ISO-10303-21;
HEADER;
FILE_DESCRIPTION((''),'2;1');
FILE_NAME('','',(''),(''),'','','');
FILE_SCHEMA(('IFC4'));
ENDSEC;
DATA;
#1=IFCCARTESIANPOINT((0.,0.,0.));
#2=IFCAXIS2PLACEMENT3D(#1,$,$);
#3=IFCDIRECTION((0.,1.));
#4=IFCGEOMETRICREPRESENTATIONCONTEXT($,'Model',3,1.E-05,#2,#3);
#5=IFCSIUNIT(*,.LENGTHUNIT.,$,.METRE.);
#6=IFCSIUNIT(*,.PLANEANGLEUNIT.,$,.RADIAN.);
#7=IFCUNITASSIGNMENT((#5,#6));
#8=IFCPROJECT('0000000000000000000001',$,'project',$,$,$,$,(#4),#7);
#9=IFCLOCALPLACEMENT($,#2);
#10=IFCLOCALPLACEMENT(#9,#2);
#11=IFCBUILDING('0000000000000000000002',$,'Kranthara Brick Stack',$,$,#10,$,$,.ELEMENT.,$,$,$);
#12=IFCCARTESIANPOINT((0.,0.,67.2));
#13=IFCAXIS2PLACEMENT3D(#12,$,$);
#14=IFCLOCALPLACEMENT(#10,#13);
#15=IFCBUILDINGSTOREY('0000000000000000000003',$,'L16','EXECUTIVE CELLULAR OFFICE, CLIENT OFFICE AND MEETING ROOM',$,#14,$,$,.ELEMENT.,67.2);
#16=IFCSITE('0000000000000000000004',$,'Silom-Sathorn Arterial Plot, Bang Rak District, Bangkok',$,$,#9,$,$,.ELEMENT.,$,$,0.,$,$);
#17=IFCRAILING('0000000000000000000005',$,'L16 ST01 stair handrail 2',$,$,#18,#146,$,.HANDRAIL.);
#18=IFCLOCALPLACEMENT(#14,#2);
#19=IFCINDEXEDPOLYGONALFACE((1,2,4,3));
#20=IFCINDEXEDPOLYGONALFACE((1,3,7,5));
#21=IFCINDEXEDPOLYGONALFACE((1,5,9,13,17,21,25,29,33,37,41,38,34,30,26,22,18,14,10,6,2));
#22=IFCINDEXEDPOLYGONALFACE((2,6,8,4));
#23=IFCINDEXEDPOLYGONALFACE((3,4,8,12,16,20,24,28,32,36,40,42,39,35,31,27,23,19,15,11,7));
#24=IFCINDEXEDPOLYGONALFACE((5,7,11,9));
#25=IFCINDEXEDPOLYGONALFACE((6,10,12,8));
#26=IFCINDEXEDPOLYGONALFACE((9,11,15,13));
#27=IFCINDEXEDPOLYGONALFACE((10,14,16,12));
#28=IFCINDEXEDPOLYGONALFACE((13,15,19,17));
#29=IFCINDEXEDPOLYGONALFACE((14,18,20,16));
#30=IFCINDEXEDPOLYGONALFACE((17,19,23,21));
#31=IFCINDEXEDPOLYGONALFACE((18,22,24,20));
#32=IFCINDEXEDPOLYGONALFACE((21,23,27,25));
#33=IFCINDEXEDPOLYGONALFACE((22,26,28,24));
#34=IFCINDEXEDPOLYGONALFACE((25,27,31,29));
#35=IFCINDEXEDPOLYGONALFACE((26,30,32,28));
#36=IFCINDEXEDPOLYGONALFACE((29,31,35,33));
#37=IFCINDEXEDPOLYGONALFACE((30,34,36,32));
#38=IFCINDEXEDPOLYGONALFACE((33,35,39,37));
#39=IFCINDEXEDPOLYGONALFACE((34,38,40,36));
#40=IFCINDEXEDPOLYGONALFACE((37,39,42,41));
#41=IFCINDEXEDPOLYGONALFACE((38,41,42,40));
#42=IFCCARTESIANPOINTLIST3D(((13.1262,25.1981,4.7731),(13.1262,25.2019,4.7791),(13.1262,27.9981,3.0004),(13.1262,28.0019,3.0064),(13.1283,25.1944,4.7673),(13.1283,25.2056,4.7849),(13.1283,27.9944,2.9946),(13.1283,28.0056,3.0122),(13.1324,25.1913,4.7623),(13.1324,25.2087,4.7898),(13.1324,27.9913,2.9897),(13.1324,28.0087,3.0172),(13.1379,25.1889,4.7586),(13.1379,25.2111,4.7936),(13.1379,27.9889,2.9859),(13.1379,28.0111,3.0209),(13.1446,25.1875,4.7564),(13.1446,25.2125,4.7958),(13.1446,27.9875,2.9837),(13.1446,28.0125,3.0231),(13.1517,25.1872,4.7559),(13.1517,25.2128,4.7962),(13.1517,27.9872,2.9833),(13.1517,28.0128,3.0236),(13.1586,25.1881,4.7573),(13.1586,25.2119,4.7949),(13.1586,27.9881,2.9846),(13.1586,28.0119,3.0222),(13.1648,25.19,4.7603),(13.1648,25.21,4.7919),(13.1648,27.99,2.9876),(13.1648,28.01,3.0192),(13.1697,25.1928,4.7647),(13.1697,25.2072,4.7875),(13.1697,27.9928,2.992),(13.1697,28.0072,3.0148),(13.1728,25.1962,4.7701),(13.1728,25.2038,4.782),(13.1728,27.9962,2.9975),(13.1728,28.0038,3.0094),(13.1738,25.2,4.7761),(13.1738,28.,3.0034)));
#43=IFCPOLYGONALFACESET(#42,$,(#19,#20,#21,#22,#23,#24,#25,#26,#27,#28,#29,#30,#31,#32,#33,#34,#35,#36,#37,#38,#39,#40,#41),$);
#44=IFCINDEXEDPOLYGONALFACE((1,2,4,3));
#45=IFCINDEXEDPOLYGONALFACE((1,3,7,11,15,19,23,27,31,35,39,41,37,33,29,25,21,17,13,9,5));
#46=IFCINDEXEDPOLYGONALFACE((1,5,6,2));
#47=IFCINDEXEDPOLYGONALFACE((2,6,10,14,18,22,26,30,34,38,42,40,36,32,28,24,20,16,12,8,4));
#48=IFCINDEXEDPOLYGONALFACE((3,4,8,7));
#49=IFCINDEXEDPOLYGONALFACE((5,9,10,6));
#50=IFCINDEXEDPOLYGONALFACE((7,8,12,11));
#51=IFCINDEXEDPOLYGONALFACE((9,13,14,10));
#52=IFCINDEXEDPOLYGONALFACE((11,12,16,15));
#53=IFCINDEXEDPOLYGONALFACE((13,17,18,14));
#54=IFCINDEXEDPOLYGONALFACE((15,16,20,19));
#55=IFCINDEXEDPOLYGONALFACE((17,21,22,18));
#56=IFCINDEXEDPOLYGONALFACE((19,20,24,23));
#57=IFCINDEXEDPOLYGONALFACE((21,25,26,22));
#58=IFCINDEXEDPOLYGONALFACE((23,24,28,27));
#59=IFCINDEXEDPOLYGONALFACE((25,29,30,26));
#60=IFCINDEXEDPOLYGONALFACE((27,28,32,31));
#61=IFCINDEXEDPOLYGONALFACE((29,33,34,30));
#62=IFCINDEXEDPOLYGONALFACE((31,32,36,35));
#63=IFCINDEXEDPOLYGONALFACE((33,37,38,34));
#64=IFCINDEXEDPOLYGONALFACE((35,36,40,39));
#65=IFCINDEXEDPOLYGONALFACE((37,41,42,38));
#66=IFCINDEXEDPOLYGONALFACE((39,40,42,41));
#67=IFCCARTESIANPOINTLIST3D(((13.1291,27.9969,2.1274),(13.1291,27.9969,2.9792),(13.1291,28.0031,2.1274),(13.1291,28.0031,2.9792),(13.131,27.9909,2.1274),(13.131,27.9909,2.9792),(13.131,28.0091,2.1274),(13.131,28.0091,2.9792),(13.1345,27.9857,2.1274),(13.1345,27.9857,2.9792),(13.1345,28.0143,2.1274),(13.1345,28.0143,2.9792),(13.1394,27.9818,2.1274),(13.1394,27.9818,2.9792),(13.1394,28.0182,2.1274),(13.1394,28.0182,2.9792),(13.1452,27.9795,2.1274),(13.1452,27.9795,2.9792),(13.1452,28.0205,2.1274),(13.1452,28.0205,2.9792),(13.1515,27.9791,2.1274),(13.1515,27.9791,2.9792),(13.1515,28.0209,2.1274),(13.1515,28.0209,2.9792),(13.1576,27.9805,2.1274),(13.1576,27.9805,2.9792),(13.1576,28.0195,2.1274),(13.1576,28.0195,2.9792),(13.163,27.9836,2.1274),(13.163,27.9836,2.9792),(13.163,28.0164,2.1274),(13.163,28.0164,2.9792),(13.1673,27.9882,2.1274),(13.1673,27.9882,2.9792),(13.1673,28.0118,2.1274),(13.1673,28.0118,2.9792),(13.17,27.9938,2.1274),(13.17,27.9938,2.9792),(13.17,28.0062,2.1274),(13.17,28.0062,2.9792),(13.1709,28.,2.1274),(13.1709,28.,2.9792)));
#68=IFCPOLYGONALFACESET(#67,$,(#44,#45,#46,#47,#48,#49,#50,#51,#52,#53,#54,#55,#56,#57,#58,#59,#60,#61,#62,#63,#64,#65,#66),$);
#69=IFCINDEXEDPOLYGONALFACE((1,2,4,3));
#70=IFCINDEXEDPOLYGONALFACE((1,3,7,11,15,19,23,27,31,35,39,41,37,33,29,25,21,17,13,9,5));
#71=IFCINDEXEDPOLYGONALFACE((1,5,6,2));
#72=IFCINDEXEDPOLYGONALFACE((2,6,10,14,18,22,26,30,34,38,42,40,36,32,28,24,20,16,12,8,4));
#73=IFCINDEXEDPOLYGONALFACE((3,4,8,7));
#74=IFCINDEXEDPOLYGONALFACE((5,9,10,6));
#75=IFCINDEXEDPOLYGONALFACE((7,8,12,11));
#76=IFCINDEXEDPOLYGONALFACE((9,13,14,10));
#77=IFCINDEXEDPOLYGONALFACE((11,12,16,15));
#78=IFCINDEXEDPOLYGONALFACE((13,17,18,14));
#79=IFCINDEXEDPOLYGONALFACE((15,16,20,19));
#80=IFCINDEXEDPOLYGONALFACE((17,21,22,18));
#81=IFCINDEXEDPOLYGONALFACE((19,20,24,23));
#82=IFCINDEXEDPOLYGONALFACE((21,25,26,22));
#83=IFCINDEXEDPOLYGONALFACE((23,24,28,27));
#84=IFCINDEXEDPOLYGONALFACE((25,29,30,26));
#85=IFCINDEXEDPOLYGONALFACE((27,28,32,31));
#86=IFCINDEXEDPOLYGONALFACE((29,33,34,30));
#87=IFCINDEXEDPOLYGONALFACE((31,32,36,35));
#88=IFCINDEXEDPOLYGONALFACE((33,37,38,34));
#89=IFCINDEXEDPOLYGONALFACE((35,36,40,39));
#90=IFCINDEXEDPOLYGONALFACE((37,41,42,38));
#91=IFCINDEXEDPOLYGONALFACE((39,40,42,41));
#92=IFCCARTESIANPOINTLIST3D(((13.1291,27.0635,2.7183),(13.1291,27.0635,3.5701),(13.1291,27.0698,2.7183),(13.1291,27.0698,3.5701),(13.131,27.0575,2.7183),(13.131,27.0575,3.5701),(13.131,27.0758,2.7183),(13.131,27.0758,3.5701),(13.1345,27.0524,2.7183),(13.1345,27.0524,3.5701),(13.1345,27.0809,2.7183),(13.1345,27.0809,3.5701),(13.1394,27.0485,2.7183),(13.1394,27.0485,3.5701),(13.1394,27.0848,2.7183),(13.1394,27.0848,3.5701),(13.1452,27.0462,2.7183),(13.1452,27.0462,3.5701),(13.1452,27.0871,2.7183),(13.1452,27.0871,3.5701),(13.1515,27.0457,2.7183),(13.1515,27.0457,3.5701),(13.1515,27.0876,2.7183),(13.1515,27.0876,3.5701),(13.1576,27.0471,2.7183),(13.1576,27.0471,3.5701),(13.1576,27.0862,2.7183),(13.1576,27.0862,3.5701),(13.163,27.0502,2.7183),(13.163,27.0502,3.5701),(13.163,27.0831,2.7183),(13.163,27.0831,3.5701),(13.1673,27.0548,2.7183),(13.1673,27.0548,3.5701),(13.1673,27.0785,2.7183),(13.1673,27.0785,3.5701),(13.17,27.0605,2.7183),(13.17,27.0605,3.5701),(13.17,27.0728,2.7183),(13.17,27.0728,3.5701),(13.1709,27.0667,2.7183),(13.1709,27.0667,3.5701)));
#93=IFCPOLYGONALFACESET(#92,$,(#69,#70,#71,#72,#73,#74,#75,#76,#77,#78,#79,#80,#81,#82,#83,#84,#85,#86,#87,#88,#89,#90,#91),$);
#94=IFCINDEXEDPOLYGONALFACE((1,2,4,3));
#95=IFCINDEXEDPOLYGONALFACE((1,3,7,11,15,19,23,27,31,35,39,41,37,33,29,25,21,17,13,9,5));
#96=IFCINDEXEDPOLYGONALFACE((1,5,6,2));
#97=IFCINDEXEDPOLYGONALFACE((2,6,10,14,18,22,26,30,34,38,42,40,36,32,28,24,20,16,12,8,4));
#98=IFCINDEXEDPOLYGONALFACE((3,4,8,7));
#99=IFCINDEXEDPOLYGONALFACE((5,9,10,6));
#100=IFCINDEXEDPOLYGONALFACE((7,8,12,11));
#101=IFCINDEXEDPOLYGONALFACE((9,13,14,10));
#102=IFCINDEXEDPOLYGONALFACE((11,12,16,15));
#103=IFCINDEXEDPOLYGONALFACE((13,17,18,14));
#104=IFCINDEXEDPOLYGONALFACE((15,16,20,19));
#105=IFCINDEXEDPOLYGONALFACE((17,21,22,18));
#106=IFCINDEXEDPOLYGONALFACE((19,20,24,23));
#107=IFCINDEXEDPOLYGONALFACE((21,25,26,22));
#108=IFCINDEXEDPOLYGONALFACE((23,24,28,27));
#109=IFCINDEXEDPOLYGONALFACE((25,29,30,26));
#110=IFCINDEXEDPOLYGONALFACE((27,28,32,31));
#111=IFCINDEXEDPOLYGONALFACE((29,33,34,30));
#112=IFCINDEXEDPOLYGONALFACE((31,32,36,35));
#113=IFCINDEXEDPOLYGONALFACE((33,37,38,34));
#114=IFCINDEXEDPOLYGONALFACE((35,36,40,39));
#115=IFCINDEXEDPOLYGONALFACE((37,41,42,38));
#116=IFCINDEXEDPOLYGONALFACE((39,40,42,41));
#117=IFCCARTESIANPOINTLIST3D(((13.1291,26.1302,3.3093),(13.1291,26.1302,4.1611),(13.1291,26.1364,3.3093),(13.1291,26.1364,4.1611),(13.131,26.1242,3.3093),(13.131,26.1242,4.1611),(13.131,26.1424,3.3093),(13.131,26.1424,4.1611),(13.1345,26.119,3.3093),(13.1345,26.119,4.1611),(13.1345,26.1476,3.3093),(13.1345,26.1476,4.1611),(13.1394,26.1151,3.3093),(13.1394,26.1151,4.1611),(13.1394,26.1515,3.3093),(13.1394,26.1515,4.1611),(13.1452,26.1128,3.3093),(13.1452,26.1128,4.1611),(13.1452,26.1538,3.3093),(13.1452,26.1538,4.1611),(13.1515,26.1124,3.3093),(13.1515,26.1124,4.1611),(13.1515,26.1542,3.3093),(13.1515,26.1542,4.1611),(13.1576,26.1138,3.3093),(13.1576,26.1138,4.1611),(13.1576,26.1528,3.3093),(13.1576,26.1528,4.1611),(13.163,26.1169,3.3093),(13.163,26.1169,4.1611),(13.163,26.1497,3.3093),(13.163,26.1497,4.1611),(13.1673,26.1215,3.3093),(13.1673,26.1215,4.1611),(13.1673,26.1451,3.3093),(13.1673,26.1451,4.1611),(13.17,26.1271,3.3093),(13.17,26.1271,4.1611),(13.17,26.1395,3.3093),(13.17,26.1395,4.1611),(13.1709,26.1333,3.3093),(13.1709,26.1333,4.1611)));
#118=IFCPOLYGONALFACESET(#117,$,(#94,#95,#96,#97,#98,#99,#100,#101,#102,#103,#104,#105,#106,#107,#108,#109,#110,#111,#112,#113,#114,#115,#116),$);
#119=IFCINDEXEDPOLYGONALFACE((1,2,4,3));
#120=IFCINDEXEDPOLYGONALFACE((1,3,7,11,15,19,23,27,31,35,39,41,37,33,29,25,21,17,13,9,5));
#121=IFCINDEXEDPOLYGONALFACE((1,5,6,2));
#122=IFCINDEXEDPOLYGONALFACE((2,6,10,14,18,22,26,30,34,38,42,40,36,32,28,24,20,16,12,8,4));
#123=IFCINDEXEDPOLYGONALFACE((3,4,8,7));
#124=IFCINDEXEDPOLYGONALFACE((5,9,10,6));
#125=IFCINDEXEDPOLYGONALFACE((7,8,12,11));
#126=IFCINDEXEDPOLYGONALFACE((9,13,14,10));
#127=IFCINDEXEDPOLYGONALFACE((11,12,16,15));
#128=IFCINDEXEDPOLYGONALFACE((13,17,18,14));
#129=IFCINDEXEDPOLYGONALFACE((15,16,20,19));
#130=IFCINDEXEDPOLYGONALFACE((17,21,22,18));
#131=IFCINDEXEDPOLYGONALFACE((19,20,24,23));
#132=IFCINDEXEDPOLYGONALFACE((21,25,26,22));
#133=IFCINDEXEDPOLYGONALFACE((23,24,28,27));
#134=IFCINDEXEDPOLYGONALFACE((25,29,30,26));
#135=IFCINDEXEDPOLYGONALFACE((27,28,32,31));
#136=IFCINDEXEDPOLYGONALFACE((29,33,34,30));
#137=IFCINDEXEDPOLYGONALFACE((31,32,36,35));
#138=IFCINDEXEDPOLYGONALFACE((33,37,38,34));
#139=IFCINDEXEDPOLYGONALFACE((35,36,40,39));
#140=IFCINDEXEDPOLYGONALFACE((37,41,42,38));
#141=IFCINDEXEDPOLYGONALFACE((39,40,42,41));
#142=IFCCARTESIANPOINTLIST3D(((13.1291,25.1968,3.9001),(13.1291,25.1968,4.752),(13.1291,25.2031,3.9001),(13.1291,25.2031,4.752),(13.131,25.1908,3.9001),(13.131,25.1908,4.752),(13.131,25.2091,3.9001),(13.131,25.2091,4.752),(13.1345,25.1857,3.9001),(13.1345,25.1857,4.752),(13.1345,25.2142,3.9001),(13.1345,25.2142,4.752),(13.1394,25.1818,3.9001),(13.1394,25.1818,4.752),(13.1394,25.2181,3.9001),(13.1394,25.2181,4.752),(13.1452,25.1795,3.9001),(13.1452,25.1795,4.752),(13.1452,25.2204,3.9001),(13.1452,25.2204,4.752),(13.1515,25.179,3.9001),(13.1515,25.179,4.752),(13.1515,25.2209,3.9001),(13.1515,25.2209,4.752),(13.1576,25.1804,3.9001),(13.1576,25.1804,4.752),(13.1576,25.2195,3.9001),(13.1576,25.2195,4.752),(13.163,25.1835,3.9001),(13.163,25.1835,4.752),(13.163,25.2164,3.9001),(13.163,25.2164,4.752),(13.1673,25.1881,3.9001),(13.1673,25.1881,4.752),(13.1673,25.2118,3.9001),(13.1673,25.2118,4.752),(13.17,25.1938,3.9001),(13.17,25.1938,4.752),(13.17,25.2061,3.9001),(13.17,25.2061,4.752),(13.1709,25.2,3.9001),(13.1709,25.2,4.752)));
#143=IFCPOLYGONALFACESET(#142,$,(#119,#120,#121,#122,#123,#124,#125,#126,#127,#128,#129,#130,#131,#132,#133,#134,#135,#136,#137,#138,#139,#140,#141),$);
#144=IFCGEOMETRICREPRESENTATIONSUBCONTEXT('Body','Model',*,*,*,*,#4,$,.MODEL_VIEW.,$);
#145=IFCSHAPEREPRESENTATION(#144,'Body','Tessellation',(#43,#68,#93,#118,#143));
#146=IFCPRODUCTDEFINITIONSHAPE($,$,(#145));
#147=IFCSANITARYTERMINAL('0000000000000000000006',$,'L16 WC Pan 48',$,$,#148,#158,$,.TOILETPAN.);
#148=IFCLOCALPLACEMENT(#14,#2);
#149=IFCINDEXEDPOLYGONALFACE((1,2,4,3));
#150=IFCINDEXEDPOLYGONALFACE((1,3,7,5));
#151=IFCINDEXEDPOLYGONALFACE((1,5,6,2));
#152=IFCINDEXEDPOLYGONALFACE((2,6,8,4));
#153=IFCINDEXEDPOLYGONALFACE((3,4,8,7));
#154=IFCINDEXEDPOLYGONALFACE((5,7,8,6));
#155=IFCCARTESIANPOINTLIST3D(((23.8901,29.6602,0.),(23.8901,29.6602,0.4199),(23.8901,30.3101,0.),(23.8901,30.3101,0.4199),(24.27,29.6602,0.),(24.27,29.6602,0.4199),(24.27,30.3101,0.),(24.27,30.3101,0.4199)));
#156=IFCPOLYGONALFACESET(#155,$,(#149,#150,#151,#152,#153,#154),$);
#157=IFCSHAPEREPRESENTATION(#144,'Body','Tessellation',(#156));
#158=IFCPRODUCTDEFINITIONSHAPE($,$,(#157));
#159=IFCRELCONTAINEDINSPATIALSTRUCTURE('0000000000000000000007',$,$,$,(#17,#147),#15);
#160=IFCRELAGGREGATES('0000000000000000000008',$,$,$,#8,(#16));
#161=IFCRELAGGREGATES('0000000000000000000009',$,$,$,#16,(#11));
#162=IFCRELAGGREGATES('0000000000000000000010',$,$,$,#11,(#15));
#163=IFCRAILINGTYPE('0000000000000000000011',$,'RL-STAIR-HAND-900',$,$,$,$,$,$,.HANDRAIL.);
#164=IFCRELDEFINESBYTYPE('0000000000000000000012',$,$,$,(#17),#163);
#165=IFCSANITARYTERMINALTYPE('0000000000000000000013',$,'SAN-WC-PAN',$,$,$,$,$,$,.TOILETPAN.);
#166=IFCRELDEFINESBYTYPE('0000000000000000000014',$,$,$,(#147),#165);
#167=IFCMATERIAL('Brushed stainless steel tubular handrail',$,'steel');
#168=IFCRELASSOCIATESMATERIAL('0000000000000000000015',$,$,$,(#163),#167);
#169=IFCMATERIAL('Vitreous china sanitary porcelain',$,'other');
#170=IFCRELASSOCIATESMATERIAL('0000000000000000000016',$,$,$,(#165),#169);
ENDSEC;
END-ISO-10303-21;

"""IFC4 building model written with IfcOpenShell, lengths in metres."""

from ifc_helpers import new_model, si_unit, direction, frame, origin, origin_2d, place, context, subcontext, project, spatial, rectangle, circle, extrude, material, type_object, element, save


model = new_model("IFC4")

# Units and contexts
model_context = context("Model", 3, precision=1e-05, world=origin(), true_north=direction((0.0, 1.0)))
body_context = subcontext(model_context, "Body", "Model", "MODEL_VIEW")
ifc_project = project(units=[si_unit("LENGTHUNIT", "METRE"), si_unit("PLANEANGLEUNIT", "RADIAN")], contexts=[model_context])

# Site, building, storey
site_placement = place(None, origin())
site = spatial("IfcSite", under=ifc_project, at=site_placement, Name="Silom-Sathorn Arterial Plot, Bang Rak District, Bangkok", CompositionType="ELEMENT", RefElevation=0.0)
building_placement = place(site_placement, origin())
building = spatial("IfcBuilding", under=site, at=building_placement, Name="Kranthara Brick Stack", CompositionType="ELEMENT")
storey_placement = place(building_placement, frame((0.0, 0.0, 67.2)))
storey = spatial("IfcBuildingStorey", under=building, at=storey_placement, Name="L16", Description="EXECUTIVE CELLULAR OFFICE, CLIENT OFFICE AND MEETING ROOM", CompositionType="ELEMENT", Elevation=67.2)

# Railing
ifc_material_1 = material(Name="Brushed stainless steel tubular handrail", Category="steel")
railing_type_1 = type_object("IfcRailingType", Name="RL-STAIR-HAND-900", PredefinedType="HANDRAIL", material=ifc_material_1)
railing_1_placement = place(storey_placement, frame((13.1499, 28.0, 2.1274)))
element("IfcRailing", 1, at=railing_1_placement, inside=storey, type_object=railing_type_1, Name="L16 ST01 stair handrail 2", PredefinedType="HANDRAIL", context=body_context, shape_type="SweptSolid", body=[
    extrude(circle(Radius=0.0239, at=origin_2d()), frame((0.0, 0.0, 0.876), z_axis=(0.0, -0.844909, 0.53491), x_axis=(1.0, 0.0, 0.0)), (0.0, 0.0, 1.0), 3.314),
    extrude(circle(Radius=0.021, at=origin_2d()), origin(), (0.0, 0.0, 1.0), 0.8518),
    extrude(circle(Radius=0.021, at=origin_2d()), frame((0.0, -0.9333, 0.5908)), (0.0, 0.0, 1.0), 0.8518),
    extrude(circle(Radius=0.021, at=origin_2d()), frame((0.0, -1.8667, 1.1819)), (0.0, 0.0, 1.0), 0.8518),
    extrude(circle(Radius=0.021, at=origin_2d()), frame((0.0, -2.8, 1.7727)), (0.0, 0.0, 1.0), 0.8518),
])

# Sanitary terminal
ifc_material_2 = material(Name="Vitreous china sanitary porcelain", Category="other")
sanitary_terminal_type = type_object("IfcSanitaryTerminalType", Name="SAN-WC-PAN", PredefinedType="TOILETPAN", material=ifc_material_2)
sanitary_terminal_placement = place(storey_placement, frame((24.0801, 29.9851, 0.0), z_axis=(0.0, 0.0, 1.0), x_axis=(1.0, 0.0, 0.0)))
element("IfcSanitaryTerminal", 2, at=sanitary_terminal_placement, inside=storey, type_object=sanitary_terminal_type, Name="L16 WC Pan 48", PredefinedType="TOILETPAN", context=body_context, shape_type="SweptSolid", body=[
    extrude(rectangle(XDim=0.3799, YDim=0.6499, at=origin_2d()), origin(), (0.0, 0.0, 1.0), 0.4199),
])

save(model, "model.ifc")
